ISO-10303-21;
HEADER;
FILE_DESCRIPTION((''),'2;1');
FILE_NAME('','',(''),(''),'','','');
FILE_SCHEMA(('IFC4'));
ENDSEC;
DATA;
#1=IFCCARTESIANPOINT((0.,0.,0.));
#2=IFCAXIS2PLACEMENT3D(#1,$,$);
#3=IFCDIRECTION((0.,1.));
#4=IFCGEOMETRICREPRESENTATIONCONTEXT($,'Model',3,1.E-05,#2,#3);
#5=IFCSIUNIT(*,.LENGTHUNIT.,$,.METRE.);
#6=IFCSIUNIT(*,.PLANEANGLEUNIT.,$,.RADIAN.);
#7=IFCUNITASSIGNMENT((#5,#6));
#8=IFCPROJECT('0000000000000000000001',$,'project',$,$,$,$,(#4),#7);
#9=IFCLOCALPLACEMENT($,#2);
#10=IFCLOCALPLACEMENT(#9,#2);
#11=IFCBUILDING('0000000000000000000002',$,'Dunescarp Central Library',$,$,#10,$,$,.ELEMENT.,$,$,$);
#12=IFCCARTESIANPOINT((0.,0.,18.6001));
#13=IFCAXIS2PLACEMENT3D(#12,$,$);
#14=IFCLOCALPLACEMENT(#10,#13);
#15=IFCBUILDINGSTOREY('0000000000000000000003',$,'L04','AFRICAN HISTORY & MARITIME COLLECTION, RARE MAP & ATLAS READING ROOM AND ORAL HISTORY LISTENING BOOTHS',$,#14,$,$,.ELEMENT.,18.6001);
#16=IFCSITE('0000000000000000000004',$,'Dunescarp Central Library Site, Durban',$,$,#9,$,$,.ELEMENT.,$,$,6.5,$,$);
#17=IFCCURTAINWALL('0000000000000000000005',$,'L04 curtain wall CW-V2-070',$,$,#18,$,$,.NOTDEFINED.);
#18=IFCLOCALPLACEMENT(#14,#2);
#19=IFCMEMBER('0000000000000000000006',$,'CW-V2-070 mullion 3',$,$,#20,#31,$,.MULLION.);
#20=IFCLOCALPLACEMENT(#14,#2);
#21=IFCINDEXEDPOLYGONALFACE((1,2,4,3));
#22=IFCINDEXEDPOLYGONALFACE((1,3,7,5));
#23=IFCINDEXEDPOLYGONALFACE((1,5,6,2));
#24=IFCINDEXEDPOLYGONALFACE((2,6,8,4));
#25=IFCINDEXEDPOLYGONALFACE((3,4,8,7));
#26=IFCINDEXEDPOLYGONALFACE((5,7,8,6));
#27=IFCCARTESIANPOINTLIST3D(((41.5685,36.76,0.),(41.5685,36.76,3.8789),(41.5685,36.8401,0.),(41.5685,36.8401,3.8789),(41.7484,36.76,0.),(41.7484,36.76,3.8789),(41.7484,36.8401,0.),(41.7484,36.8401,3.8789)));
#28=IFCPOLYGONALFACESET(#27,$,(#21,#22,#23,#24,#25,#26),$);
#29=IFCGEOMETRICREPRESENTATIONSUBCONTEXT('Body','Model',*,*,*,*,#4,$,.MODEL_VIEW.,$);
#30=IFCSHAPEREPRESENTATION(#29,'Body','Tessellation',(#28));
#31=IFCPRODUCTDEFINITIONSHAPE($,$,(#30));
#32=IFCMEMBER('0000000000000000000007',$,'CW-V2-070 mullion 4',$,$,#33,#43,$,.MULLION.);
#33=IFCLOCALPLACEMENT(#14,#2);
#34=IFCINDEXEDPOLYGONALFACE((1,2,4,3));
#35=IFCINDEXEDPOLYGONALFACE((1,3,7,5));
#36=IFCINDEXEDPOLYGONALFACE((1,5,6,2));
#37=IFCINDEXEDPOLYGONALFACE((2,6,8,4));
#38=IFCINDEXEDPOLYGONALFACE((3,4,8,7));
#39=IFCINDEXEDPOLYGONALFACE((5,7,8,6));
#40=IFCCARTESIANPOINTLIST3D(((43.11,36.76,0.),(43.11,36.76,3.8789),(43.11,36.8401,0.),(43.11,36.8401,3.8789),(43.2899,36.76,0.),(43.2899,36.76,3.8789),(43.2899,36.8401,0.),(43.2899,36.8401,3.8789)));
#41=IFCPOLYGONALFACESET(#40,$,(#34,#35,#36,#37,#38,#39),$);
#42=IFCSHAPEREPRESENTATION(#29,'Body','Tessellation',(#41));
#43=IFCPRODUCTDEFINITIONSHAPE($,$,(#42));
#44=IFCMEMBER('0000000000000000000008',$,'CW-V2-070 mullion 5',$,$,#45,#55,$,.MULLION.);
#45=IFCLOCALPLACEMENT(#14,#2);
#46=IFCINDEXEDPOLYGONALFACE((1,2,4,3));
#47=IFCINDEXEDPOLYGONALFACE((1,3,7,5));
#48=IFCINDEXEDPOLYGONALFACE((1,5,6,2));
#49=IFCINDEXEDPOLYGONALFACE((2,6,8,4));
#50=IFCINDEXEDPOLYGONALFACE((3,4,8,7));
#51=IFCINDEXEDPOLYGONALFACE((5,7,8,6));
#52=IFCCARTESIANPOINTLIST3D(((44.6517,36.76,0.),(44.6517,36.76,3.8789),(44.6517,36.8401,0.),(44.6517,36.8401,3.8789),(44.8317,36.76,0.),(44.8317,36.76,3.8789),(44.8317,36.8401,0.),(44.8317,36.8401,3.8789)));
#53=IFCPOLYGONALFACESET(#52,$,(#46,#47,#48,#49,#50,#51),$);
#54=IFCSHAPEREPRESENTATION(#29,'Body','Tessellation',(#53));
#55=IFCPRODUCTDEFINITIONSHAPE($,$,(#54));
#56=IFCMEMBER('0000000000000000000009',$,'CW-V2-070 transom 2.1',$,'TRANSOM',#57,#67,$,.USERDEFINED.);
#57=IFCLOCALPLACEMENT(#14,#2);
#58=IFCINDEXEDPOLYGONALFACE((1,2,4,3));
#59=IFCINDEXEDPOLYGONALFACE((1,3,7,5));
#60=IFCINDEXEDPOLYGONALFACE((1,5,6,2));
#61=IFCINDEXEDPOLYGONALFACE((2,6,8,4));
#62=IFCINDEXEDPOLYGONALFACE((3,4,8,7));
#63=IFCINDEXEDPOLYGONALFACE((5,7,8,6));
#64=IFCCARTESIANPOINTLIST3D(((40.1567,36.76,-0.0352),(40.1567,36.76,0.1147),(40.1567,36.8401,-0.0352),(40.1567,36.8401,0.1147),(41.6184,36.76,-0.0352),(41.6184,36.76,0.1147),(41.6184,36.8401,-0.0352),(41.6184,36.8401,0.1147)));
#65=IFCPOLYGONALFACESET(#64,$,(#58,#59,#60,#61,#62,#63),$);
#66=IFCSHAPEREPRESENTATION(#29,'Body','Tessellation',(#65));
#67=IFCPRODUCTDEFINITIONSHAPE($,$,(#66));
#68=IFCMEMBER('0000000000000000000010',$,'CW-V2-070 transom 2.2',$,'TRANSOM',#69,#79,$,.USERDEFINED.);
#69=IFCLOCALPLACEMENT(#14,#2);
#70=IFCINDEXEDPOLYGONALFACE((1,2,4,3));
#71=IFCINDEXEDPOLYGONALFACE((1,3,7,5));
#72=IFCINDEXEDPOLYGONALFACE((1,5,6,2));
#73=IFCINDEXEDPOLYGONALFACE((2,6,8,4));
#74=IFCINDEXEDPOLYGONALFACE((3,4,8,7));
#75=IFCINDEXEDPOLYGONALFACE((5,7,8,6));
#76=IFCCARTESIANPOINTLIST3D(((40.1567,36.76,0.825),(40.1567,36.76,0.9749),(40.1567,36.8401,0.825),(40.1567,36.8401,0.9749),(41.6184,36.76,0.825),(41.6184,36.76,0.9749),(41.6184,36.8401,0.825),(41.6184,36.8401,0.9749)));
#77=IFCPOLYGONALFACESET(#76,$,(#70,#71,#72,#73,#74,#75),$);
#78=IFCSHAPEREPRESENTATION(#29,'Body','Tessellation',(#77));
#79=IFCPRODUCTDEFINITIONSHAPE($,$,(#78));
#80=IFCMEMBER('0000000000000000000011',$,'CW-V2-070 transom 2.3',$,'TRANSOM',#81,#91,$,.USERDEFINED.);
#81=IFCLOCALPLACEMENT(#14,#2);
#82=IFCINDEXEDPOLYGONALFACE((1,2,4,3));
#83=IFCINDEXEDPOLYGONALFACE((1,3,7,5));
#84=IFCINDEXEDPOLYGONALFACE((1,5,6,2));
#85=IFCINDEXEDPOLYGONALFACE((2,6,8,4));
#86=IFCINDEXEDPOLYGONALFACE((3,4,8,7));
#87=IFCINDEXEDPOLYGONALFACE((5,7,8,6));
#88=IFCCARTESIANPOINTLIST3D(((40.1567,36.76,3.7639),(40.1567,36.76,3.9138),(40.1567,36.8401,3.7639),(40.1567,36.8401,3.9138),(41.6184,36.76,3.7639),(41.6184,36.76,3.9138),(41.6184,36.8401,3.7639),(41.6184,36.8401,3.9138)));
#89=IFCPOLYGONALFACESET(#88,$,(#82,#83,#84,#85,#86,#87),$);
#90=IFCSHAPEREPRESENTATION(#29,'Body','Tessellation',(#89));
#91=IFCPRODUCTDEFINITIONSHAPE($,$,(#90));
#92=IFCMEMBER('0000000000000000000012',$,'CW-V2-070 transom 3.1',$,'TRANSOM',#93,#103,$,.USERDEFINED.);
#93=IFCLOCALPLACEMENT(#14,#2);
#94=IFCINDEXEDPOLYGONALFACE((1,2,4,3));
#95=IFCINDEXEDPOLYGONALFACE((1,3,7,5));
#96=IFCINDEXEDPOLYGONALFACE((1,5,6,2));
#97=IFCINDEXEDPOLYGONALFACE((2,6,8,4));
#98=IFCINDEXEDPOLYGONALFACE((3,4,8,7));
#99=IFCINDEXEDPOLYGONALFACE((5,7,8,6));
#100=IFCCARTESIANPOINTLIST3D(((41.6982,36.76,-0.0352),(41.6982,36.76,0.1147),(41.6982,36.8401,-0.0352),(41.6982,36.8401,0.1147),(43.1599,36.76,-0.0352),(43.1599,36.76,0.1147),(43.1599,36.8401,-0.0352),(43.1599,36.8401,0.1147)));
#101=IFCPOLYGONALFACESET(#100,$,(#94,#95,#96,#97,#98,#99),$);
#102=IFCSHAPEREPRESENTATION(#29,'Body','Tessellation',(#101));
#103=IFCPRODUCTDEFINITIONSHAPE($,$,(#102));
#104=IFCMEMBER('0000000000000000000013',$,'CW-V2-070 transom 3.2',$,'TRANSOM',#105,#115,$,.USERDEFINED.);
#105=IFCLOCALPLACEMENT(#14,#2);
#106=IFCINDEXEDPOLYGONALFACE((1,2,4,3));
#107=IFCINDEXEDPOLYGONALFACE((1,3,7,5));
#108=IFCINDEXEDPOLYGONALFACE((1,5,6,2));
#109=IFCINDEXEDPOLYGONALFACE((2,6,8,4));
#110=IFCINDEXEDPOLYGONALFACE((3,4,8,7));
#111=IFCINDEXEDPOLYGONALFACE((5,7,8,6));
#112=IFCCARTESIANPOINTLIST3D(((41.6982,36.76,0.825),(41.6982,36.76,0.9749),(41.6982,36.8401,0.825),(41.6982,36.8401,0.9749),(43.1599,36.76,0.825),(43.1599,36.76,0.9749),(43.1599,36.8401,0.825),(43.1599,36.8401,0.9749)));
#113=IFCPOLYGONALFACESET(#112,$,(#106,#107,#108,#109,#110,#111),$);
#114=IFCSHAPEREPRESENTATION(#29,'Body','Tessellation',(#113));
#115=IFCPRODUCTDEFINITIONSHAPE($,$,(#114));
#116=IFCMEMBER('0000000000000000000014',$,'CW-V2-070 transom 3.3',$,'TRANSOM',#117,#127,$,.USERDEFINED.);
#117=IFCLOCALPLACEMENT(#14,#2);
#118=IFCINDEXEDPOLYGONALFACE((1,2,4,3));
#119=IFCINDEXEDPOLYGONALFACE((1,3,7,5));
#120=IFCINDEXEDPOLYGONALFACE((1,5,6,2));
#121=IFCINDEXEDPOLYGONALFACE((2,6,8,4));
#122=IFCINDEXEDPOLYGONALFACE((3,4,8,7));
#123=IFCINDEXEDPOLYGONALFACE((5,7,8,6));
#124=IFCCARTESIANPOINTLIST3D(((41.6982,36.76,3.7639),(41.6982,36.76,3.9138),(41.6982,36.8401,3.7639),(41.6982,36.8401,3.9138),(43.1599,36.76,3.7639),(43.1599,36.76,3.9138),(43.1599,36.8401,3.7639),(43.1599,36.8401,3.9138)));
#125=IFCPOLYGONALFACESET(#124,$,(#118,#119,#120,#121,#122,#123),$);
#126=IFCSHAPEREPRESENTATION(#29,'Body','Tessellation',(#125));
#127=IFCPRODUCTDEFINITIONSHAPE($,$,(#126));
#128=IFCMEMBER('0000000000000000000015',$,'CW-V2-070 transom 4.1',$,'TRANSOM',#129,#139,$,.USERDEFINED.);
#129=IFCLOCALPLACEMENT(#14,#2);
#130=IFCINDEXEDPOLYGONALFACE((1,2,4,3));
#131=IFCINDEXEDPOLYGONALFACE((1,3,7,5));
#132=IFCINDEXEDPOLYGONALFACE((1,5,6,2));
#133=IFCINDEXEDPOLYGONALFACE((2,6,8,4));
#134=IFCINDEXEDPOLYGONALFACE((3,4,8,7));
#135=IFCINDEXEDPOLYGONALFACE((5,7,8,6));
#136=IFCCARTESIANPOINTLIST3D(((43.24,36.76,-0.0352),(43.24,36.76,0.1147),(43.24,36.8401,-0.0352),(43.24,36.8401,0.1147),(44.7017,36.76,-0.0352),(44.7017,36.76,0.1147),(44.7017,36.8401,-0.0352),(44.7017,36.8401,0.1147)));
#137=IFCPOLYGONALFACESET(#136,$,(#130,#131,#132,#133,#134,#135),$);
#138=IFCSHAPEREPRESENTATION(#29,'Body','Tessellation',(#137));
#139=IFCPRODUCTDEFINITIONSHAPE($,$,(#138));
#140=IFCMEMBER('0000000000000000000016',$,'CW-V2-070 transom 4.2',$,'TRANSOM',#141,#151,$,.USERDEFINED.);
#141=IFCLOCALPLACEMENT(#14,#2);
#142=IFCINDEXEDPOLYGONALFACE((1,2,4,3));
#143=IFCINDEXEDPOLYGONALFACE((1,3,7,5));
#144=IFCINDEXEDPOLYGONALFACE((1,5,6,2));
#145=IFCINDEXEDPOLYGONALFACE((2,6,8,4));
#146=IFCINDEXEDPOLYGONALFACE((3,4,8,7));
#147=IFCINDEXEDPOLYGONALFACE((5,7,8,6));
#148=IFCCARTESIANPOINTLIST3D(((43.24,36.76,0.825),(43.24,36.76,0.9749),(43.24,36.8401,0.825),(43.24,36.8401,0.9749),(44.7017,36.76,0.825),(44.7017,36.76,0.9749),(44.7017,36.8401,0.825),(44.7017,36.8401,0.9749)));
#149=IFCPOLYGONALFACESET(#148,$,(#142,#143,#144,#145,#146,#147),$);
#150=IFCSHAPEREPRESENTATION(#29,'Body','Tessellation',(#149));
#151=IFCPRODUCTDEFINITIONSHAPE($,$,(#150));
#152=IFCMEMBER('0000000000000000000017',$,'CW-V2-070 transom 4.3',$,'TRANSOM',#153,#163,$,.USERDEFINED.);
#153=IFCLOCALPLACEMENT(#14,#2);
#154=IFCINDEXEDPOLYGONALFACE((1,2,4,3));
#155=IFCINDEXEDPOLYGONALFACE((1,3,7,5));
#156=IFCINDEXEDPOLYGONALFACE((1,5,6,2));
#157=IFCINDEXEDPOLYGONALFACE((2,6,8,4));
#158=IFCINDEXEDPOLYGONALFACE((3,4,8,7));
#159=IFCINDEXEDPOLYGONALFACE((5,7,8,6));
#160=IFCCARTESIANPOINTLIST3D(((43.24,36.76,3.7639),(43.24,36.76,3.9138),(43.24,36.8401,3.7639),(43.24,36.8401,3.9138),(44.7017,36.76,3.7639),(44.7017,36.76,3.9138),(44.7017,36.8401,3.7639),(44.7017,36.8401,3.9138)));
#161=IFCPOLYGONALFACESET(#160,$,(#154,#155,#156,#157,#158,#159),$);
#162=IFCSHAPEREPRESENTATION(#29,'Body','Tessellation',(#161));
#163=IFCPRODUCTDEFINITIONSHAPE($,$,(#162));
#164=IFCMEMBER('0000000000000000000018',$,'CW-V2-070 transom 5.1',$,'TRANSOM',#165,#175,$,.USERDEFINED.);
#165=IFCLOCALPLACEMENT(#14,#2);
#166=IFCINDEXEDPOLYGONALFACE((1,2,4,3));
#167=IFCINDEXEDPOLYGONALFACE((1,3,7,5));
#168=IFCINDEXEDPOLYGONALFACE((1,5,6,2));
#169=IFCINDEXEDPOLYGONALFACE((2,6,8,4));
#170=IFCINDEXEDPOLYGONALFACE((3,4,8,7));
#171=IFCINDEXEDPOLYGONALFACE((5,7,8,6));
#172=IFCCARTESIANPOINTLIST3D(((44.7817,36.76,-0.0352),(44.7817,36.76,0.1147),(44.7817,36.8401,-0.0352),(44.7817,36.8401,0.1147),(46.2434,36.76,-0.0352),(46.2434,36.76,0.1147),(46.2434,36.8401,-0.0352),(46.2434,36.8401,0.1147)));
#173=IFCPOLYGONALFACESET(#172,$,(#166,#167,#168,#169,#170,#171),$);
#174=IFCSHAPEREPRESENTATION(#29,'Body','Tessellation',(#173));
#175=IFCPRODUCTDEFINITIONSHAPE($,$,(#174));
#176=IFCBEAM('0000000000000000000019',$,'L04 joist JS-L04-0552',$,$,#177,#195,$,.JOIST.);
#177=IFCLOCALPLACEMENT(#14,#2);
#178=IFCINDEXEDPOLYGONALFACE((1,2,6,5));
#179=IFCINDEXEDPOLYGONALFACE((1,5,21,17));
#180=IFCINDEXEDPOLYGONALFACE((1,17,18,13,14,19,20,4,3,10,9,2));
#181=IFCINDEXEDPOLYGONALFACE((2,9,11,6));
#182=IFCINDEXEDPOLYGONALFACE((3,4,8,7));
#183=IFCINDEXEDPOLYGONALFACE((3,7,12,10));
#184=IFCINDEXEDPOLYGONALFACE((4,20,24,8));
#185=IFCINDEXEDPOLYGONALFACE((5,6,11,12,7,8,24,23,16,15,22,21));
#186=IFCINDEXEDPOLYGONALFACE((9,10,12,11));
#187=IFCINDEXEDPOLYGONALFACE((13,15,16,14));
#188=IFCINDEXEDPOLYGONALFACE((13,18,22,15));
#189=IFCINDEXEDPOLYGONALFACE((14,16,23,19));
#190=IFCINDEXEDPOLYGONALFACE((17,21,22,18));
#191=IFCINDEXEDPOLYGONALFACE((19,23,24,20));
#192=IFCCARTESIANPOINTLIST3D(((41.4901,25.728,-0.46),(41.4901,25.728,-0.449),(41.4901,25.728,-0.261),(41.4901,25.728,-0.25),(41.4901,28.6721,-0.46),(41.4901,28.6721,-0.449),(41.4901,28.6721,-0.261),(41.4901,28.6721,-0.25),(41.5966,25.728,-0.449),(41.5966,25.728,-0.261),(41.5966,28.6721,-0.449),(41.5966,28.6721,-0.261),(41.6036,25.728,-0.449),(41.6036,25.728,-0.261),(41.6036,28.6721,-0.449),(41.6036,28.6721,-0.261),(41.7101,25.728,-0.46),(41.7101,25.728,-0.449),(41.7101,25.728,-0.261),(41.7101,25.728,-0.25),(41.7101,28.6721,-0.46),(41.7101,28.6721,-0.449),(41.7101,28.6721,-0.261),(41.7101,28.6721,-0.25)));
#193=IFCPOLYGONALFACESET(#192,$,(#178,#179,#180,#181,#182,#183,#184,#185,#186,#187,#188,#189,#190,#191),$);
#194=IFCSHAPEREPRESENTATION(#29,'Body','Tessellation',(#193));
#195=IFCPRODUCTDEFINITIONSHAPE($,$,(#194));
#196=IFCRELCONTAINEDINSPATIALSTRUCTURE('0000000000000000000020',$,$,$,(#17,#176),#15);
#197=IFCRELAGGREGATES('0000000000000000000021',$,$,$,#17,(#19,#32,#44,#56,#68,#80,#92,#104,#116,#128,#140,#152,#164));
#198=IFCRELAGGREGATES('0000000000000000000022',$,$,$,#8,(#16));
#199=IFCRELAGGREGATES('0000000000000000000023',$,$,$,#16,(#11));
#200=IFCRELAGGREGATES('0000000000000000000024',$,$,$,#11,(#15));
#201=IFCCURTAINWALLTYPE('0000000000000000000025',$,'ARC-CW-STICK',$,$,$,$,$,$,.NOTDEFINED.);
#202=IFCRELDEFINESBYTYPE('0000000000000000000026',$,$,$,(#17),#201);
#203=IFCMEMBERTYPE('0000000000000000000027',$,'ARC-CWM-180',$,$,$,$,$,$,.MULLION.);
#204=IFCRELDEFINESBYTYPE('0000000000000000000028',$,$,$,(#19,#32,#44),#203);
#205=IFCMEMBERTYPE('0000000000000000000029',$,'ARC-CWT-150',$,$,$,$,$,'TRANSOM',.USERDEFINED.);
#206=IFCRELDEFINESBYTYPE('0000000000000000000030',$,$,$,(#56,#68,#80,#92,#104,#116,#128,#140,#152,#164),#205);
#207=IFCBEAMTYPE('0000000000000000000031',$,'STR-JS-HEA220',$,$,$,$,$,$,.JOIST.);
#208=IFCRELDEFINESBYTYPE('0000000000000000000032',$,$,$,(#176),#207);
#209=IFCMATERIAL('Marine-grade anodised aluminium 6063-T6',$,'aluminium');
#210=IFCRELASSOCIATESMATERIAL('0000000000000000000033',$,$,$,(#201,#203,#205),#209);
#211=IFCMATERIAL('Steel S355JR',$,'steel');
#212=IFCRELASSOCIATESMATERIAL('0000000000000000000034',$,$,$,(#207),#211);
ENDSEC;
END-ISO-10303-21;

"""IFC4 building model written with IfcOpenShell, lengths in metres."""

from ifc_helpers import new_model, si_unit, direction, frame, origin, origin_2d, place, context, subcontext, project, spatial, rectangle, i_section, extrude, material, material_profile, profile_set, type_object, element, aggregate, save


model = new_model("IFC4")

# Units and contexts
model_context = context("Model", 3, precision=1e-05, world=origin(), true_north=direction((0.0, 1.0)))
body_context = subcontext(model_context, "Body", "Model", "MODEL_VIEW")
ifc_project = project(units=[si_unit("LENGTHUNIT", "METRE"), si_unit("PLANEANGLEUNIT", "RADIAN")], contexts=[model_context])

# Site, building, storey
site_placement = place(None, origin())
site = spatial("IfcSite", under=ifc_project, at=site_placement, Name="Dunescarp Central Library Site, Durban", CompositionType="ELEMENT", RefElevation=6.5)
building_placement = place(site_placement, origin())
building = spatial("IfcBuilding", under=site, at=building_placement, Name="Dunescarp Central Library", CompositionType="ELEMENT")
storey_placement = place(building_placement, frame((0.0, 0.0, 18.6001)))
storey = spatial("IfcBuildingStorey", under=building, at=storey_placement, Name="L04", Description="AFRICAN HISTORY & MARITIME COLLECTION, RARE MAP & ATLAS READING ROOM AND ORAL HISTORY LISTENING BOOTHS", CompositionType="ELEMENT", Elevation=18.6001)

# Curtain wall, members
ifc_material_1 = material(Name="Marine-grade anodised aluminium 6063-T6", Category="aluminium")
curtain_wall_type = type_object("IfcCurtainWallType", Name="ARC-CW-STICK", PredefinedType="NOTDEFINED", material=ifc_material_1)
curtain_wall_placement = place(storey_placement, origin())
curtain_wall = element("IfcCurtainWall", 1, at=curtain_wall_placement, inside=storey, type_object=curtain_wall_type, Name="L04 curtain wall CW-V2-070", PredefinedType="NOTDEFINED")
ifc_material_profile_1 = material_profile(ifc_material_1, rectangle(XDim=0.0801, YDim=0.1799, at=origin_2d()), Name="AL 80x180")
ifc_profile_set_1 = profile_set([ifc_material_profile_1], Name="Marine-grade anodised aluminium 6063-T6")
member_type_1 = type_object("IfcMemberType", Name="ARC-CWM-180", PredefinedType="MULLION", material=ifc_profile_set_1)
member_1_placement = place(storey_placement, frame((41.6584, 36.8, 0.0), z_axis=(0.0, 0.0, 1.0), x_axis=(0.0, 1.0, 0.0)))
member_1 = element("IfcMember", 2, at=member_1_placement, type_object=member_type_1, Name="CW-V2-070 mullion 3", PredefinedType="MULLION", context=body_context, shape_type="SweptSolid", body=[
    extrude(rectangle(XDim=0.0801, YDim=0.1799, at=origin_2d()), origin(), (0.0, 0.0, 1.0), 3.8789),
])
member_2_placement = place(storey_placement, frame((43.2, 36.8, 0.0), z_axis=(0.0, 0.0, 1.0), x_axis=(0.0, 1.0, 0.0)))
member_2 = element("IfcMember", 3, at=member_2_placement, type_object=member_type_1, Name="CW-V2-070 mullion 4", PredefinedType="MULLION", context=body_context, shape_type="SweptSolid", body=[
    extrude(rectangle(XDim=0.0801, YDim=0.1799, at=origin_2d()), origin(), (0.0, 0.0, 1.0), 3.8789),
])
member_3_placement = place(storey_placement, frame((44.7417, 36.8, 0.0), z_axis=(0.0, 0.0, 1.0), x_axis=(0.0, 1.0, 0.0)))
member_3 = element("IfcMember", 4, at=member_3_placement, type_object=member_type_1, Name="CW-V2-070 mullion 5", PredefinedType="MULLION", context=body_context, shape_type="SweptSolid", body=[
    extrude(rectangle(XDim=0.0801, YDim=0.1799, at=origin_2d()), origin(), (0.0, 0.0, 1.0), 3.8789),
])
ifc_material_profile_2 = material_profile(ifc_material_1, rectangle(XDim=0.0801, YDim=0.1499, at=origin_2d()), Name="AL 80x150")
ifc_profile_set_2 = profile_set([ifc_material_profile_2], Name="Marine-grade anodised aluminium 6063-T6")
member_type_2 = type_object("IfcMemberType", Name="ARC-CWT-150", ElementType="TRANSOM", PredefinedType="USERDEFINED", material=ifc_profile_set_2)
member_4_placement = place(storey_placement, frame((40.1567, 36.8, 0.0398), z_axis=(1.0, 0.0, 0.0), x_axis=(0.0, 1.0, 0.0)))
member_4 = element("IfcMember", 5, at=member_4_placement, type_object=member_type_2, Name="CW-V2-070 transom 2.1", ObjectType="TRANSOM", PredefinedType="USERDEFINED", context=body_context, shape_type="SweptSolid", body=[
    extrude(rectangle(XDim=0.0801, YDim=0.1499, at=origin_2d()), origin(), (0.0, 0.0, 1.0), 1.4617),
])
member_5_placement = place(storey_placement, frame((40.1567, 36.8, 0.8999), z_axis=(1.0, 0.0, 0.0), x_axis=(0.0, 1.0, 0.0)))
member_5 = element("IfcMember", 6, at=member_5_placement, type_object=member_type_2, Name="CW-V2-070 transom 2.2", ObjectType="TRANSOM", PredefinedType="USERDEFINED", context=body_context, shape_type="SweptSolid", body=[
    extrude(rectangle(XDim=0.0801, YDim=0.1499, at=origin_2d()), origin(), (0.0, 0.0, 1.0), 1.4617),
])
member_6_placement = place(storey_placement, frame((40.1567, 36.8, 3.8389), z_axis=(1.0, 0.0, 0.0), x_axis=(0.0, 1.0, 0.0)))
member_6 = element("IfcMember", 7, at=member_6_placement, type_object=member_type_2, Name="CW-V2-070 transom 2.3", ObjectType="TRANSOM", PredefinedType="USERDEFINED", context=body_context, shape_type="SweptSolid", body=[
    extrude(rectangle(XDim=0.0801, YDim=0.1499, at=origin_2d()), origin(), (0.0, 0.0, 1.0), 1.4617),
])
member_7_placement = place(storey_placement, frame((41.6982, 36.8, 0.0398), z_axis=(1.0, 0.0, 0.0), x_axis=(0.0, 1.0, 0.0)))
member_7 = element("IfcMember", 8, at=member_7_placement, type_object=member_type_2, Name="CW-V2-070 transom 3.1", ObjectType="TRANSOM", PredefinedType="USERDEFINED", context=body_context, shape_type="SweptSolid", body=[
    extrude(rectangle(XDim=0.0801, YDim=0.1499, at=origin_2d()), origin(), (0.0, 0.0, 1.0), 1.4617),
])
member_8_placement = place(storey_placement, frame((41.6982, 36.8, 0.8999), z_axis=(1.0, 0.0, 0.0), x_axis=(0.0, 1.0, 0.0)))
member_8 = element("IfcMember", 9, at=member_8_placement, type_object=member_type_2, Name="CW-V2-070 transom 3.2", ObjectType="TRANSOM", PredefinedType="USERDEFINED", context=body_context, shape_type="SweptSolid", body=[
    extrude(rectangle(XDim=0.0801, YDim=0.1499, at=origin_2d()), origin(), (0.0, 0.0, 1.0), 1.4617),
])
member_9_placement = place(storey_placement, frame((41.6982, 36.8, 3.8389), z_axis=(1.0, 0.0, 0.0), x_axis=(0.0, 1.0, 0.0)))
member_9 = element("IfcMember", 10, at=member_9_placement, type_object=member_type_2, Name="CW-V2-070 transom 3.3", ObjectType="TRANSOM", PredefinedType="USERDEFINED", context=body_context, shape_type="SweptSolid", body=[
    extrude(rectangle(XDim=0.0801, YDim=0.1499, at=origin_2d()), origin(), (0.0, 0.0, 1.0), 1.4617),
])
member_10_placement = place(storey_placement, frame((43.24, 36.8, 0.0398), z_axis=(1.0, 0.0, 0.0), x_axis=(0.0, 1.0, 0.0)))
member_10 = element("IfcMember", 11, at=member_10_placement, type_object=member_type_2, Name="CW-V2-070 transom 4.1", ObjectType="TRANSOM", PredefinedType="USERDEFINED", context=body_context, shape_type="SweptSolid", body=[
    extrude(rectangle(XDim=0.0801, YDim=0.1499, at=origin_2d()), origin(), (0.0, 0.0, 1.0), 1.4617),
])
member_11_placement = place(storey_placement, frame((43.24, 36.8, 0.8999), z_axis=(1.0, 0.0, 0.0), x_axis=(0.0, 1.0, 0.0)))
member_11 = element("IfcMember", 12, at=member_11_placement, type_object=member_type_2, Name="CW-V2-070 transom 4.2", ObjectType="TRANSOM", PredefinedType="USERDEFINED", context=body_context, shape_type="SweptSolid", body=[
    extrude(rectangle(XDim=0.0801, YDim=0.1499, at=origin_2d()), origin(), (0.0, 0.0, 1.0), 1.4617),
])
member_12_placement = place(storey_placement, frame((43.24, 36.8, 3.8389), z_axis=(1.0, 0.0, 0.0), x_axis=(0.0, 1.0, 0.0)))
member_12 = element("IfcMember", 13, at=member_12_placement, type_object=member_type_2, Name="CW-V2-070 transom 4.3", ObjectType="TRANSOM", PredefinedType="USERDEFINED", context=body_context, shape_type="SweptSolid", body=[
    extrude(rectangle(XDim=0.0801, YDim=0.1499, at=origin_2d()), origin(), (0.0, 0.0, 1.0), 1.4617),
])
member_13_placement = place(storey_placement, frame((44.7817, 36.8, 0.0398), z_axis=(1.0, 0.0, 0.0), x_axis=(0.0, 1.0, 0.0)))
member_13 = element("IfcMember", 14, at=member_13_placement, type_object=member_type_2, Name="CW-V2-070 transom 5.1", ObjectType="TRANSOM", PredefinedType="USERDEFINED", context=body_context, shape_type="SweptSolid", body=[
    extrude(rectangle(XDim=0.0801, YDim=0.1499, at=origin_2d()), origin(), (0.0, 0.0, 1.0), 1.4617),
])

# Beam
ifc_material_2 = material(Name="Steel S355JR", Category="steel")
ifc_material_profile_3 = material_profile(ifc_material_2, i_section(OverallWidth=0.22, OverallDepth=0.21, WebThickness=0.0071, FlangeThickness=0.011, at=origin_2d()), Name="HEA 220")
ifc_profile_set_3 = profile_set([ifc_material_profile_3], Name="Steel S355JR")
beam_type = type_object("IfcBeamType", Name="STR-JS-HEA220", PredefinedType="JOIST", material=ifc_profile_set_3)
for number, where, z_axis, x_axis, name in (
    (15, (41.6001, 25.728, -0.355), (0.0, 1.0, 0.0), (-1.0, 0.0, 0.0), "L04 joist JS-L04-0552"),
):
    element("IfcBeam", number, at=place(storey_placement, frame(where, z_axis=z_axis, x_axis=x_axis)), inside=storey, type_object=beam_type, Name=name, PredefinedType="JOIST", context=body_context, shape_type="SweptSolid", body=[
        extrude(i_section(OverallWidth=0.22, OverallDepth=0.21, WebThickness=0.0071, FlangeThickness=0.011, at=origin_2d()), origin(), (0.0, 0.0, 1.0), 2.9441),
    ])

aggregate(curtain_wall, [member_1, member_2, member_3, member_4, member_5, member_6, member_7, member_8, member_9, member_10, member_11, member_12, member_13])

save(model, "model.ifc")
